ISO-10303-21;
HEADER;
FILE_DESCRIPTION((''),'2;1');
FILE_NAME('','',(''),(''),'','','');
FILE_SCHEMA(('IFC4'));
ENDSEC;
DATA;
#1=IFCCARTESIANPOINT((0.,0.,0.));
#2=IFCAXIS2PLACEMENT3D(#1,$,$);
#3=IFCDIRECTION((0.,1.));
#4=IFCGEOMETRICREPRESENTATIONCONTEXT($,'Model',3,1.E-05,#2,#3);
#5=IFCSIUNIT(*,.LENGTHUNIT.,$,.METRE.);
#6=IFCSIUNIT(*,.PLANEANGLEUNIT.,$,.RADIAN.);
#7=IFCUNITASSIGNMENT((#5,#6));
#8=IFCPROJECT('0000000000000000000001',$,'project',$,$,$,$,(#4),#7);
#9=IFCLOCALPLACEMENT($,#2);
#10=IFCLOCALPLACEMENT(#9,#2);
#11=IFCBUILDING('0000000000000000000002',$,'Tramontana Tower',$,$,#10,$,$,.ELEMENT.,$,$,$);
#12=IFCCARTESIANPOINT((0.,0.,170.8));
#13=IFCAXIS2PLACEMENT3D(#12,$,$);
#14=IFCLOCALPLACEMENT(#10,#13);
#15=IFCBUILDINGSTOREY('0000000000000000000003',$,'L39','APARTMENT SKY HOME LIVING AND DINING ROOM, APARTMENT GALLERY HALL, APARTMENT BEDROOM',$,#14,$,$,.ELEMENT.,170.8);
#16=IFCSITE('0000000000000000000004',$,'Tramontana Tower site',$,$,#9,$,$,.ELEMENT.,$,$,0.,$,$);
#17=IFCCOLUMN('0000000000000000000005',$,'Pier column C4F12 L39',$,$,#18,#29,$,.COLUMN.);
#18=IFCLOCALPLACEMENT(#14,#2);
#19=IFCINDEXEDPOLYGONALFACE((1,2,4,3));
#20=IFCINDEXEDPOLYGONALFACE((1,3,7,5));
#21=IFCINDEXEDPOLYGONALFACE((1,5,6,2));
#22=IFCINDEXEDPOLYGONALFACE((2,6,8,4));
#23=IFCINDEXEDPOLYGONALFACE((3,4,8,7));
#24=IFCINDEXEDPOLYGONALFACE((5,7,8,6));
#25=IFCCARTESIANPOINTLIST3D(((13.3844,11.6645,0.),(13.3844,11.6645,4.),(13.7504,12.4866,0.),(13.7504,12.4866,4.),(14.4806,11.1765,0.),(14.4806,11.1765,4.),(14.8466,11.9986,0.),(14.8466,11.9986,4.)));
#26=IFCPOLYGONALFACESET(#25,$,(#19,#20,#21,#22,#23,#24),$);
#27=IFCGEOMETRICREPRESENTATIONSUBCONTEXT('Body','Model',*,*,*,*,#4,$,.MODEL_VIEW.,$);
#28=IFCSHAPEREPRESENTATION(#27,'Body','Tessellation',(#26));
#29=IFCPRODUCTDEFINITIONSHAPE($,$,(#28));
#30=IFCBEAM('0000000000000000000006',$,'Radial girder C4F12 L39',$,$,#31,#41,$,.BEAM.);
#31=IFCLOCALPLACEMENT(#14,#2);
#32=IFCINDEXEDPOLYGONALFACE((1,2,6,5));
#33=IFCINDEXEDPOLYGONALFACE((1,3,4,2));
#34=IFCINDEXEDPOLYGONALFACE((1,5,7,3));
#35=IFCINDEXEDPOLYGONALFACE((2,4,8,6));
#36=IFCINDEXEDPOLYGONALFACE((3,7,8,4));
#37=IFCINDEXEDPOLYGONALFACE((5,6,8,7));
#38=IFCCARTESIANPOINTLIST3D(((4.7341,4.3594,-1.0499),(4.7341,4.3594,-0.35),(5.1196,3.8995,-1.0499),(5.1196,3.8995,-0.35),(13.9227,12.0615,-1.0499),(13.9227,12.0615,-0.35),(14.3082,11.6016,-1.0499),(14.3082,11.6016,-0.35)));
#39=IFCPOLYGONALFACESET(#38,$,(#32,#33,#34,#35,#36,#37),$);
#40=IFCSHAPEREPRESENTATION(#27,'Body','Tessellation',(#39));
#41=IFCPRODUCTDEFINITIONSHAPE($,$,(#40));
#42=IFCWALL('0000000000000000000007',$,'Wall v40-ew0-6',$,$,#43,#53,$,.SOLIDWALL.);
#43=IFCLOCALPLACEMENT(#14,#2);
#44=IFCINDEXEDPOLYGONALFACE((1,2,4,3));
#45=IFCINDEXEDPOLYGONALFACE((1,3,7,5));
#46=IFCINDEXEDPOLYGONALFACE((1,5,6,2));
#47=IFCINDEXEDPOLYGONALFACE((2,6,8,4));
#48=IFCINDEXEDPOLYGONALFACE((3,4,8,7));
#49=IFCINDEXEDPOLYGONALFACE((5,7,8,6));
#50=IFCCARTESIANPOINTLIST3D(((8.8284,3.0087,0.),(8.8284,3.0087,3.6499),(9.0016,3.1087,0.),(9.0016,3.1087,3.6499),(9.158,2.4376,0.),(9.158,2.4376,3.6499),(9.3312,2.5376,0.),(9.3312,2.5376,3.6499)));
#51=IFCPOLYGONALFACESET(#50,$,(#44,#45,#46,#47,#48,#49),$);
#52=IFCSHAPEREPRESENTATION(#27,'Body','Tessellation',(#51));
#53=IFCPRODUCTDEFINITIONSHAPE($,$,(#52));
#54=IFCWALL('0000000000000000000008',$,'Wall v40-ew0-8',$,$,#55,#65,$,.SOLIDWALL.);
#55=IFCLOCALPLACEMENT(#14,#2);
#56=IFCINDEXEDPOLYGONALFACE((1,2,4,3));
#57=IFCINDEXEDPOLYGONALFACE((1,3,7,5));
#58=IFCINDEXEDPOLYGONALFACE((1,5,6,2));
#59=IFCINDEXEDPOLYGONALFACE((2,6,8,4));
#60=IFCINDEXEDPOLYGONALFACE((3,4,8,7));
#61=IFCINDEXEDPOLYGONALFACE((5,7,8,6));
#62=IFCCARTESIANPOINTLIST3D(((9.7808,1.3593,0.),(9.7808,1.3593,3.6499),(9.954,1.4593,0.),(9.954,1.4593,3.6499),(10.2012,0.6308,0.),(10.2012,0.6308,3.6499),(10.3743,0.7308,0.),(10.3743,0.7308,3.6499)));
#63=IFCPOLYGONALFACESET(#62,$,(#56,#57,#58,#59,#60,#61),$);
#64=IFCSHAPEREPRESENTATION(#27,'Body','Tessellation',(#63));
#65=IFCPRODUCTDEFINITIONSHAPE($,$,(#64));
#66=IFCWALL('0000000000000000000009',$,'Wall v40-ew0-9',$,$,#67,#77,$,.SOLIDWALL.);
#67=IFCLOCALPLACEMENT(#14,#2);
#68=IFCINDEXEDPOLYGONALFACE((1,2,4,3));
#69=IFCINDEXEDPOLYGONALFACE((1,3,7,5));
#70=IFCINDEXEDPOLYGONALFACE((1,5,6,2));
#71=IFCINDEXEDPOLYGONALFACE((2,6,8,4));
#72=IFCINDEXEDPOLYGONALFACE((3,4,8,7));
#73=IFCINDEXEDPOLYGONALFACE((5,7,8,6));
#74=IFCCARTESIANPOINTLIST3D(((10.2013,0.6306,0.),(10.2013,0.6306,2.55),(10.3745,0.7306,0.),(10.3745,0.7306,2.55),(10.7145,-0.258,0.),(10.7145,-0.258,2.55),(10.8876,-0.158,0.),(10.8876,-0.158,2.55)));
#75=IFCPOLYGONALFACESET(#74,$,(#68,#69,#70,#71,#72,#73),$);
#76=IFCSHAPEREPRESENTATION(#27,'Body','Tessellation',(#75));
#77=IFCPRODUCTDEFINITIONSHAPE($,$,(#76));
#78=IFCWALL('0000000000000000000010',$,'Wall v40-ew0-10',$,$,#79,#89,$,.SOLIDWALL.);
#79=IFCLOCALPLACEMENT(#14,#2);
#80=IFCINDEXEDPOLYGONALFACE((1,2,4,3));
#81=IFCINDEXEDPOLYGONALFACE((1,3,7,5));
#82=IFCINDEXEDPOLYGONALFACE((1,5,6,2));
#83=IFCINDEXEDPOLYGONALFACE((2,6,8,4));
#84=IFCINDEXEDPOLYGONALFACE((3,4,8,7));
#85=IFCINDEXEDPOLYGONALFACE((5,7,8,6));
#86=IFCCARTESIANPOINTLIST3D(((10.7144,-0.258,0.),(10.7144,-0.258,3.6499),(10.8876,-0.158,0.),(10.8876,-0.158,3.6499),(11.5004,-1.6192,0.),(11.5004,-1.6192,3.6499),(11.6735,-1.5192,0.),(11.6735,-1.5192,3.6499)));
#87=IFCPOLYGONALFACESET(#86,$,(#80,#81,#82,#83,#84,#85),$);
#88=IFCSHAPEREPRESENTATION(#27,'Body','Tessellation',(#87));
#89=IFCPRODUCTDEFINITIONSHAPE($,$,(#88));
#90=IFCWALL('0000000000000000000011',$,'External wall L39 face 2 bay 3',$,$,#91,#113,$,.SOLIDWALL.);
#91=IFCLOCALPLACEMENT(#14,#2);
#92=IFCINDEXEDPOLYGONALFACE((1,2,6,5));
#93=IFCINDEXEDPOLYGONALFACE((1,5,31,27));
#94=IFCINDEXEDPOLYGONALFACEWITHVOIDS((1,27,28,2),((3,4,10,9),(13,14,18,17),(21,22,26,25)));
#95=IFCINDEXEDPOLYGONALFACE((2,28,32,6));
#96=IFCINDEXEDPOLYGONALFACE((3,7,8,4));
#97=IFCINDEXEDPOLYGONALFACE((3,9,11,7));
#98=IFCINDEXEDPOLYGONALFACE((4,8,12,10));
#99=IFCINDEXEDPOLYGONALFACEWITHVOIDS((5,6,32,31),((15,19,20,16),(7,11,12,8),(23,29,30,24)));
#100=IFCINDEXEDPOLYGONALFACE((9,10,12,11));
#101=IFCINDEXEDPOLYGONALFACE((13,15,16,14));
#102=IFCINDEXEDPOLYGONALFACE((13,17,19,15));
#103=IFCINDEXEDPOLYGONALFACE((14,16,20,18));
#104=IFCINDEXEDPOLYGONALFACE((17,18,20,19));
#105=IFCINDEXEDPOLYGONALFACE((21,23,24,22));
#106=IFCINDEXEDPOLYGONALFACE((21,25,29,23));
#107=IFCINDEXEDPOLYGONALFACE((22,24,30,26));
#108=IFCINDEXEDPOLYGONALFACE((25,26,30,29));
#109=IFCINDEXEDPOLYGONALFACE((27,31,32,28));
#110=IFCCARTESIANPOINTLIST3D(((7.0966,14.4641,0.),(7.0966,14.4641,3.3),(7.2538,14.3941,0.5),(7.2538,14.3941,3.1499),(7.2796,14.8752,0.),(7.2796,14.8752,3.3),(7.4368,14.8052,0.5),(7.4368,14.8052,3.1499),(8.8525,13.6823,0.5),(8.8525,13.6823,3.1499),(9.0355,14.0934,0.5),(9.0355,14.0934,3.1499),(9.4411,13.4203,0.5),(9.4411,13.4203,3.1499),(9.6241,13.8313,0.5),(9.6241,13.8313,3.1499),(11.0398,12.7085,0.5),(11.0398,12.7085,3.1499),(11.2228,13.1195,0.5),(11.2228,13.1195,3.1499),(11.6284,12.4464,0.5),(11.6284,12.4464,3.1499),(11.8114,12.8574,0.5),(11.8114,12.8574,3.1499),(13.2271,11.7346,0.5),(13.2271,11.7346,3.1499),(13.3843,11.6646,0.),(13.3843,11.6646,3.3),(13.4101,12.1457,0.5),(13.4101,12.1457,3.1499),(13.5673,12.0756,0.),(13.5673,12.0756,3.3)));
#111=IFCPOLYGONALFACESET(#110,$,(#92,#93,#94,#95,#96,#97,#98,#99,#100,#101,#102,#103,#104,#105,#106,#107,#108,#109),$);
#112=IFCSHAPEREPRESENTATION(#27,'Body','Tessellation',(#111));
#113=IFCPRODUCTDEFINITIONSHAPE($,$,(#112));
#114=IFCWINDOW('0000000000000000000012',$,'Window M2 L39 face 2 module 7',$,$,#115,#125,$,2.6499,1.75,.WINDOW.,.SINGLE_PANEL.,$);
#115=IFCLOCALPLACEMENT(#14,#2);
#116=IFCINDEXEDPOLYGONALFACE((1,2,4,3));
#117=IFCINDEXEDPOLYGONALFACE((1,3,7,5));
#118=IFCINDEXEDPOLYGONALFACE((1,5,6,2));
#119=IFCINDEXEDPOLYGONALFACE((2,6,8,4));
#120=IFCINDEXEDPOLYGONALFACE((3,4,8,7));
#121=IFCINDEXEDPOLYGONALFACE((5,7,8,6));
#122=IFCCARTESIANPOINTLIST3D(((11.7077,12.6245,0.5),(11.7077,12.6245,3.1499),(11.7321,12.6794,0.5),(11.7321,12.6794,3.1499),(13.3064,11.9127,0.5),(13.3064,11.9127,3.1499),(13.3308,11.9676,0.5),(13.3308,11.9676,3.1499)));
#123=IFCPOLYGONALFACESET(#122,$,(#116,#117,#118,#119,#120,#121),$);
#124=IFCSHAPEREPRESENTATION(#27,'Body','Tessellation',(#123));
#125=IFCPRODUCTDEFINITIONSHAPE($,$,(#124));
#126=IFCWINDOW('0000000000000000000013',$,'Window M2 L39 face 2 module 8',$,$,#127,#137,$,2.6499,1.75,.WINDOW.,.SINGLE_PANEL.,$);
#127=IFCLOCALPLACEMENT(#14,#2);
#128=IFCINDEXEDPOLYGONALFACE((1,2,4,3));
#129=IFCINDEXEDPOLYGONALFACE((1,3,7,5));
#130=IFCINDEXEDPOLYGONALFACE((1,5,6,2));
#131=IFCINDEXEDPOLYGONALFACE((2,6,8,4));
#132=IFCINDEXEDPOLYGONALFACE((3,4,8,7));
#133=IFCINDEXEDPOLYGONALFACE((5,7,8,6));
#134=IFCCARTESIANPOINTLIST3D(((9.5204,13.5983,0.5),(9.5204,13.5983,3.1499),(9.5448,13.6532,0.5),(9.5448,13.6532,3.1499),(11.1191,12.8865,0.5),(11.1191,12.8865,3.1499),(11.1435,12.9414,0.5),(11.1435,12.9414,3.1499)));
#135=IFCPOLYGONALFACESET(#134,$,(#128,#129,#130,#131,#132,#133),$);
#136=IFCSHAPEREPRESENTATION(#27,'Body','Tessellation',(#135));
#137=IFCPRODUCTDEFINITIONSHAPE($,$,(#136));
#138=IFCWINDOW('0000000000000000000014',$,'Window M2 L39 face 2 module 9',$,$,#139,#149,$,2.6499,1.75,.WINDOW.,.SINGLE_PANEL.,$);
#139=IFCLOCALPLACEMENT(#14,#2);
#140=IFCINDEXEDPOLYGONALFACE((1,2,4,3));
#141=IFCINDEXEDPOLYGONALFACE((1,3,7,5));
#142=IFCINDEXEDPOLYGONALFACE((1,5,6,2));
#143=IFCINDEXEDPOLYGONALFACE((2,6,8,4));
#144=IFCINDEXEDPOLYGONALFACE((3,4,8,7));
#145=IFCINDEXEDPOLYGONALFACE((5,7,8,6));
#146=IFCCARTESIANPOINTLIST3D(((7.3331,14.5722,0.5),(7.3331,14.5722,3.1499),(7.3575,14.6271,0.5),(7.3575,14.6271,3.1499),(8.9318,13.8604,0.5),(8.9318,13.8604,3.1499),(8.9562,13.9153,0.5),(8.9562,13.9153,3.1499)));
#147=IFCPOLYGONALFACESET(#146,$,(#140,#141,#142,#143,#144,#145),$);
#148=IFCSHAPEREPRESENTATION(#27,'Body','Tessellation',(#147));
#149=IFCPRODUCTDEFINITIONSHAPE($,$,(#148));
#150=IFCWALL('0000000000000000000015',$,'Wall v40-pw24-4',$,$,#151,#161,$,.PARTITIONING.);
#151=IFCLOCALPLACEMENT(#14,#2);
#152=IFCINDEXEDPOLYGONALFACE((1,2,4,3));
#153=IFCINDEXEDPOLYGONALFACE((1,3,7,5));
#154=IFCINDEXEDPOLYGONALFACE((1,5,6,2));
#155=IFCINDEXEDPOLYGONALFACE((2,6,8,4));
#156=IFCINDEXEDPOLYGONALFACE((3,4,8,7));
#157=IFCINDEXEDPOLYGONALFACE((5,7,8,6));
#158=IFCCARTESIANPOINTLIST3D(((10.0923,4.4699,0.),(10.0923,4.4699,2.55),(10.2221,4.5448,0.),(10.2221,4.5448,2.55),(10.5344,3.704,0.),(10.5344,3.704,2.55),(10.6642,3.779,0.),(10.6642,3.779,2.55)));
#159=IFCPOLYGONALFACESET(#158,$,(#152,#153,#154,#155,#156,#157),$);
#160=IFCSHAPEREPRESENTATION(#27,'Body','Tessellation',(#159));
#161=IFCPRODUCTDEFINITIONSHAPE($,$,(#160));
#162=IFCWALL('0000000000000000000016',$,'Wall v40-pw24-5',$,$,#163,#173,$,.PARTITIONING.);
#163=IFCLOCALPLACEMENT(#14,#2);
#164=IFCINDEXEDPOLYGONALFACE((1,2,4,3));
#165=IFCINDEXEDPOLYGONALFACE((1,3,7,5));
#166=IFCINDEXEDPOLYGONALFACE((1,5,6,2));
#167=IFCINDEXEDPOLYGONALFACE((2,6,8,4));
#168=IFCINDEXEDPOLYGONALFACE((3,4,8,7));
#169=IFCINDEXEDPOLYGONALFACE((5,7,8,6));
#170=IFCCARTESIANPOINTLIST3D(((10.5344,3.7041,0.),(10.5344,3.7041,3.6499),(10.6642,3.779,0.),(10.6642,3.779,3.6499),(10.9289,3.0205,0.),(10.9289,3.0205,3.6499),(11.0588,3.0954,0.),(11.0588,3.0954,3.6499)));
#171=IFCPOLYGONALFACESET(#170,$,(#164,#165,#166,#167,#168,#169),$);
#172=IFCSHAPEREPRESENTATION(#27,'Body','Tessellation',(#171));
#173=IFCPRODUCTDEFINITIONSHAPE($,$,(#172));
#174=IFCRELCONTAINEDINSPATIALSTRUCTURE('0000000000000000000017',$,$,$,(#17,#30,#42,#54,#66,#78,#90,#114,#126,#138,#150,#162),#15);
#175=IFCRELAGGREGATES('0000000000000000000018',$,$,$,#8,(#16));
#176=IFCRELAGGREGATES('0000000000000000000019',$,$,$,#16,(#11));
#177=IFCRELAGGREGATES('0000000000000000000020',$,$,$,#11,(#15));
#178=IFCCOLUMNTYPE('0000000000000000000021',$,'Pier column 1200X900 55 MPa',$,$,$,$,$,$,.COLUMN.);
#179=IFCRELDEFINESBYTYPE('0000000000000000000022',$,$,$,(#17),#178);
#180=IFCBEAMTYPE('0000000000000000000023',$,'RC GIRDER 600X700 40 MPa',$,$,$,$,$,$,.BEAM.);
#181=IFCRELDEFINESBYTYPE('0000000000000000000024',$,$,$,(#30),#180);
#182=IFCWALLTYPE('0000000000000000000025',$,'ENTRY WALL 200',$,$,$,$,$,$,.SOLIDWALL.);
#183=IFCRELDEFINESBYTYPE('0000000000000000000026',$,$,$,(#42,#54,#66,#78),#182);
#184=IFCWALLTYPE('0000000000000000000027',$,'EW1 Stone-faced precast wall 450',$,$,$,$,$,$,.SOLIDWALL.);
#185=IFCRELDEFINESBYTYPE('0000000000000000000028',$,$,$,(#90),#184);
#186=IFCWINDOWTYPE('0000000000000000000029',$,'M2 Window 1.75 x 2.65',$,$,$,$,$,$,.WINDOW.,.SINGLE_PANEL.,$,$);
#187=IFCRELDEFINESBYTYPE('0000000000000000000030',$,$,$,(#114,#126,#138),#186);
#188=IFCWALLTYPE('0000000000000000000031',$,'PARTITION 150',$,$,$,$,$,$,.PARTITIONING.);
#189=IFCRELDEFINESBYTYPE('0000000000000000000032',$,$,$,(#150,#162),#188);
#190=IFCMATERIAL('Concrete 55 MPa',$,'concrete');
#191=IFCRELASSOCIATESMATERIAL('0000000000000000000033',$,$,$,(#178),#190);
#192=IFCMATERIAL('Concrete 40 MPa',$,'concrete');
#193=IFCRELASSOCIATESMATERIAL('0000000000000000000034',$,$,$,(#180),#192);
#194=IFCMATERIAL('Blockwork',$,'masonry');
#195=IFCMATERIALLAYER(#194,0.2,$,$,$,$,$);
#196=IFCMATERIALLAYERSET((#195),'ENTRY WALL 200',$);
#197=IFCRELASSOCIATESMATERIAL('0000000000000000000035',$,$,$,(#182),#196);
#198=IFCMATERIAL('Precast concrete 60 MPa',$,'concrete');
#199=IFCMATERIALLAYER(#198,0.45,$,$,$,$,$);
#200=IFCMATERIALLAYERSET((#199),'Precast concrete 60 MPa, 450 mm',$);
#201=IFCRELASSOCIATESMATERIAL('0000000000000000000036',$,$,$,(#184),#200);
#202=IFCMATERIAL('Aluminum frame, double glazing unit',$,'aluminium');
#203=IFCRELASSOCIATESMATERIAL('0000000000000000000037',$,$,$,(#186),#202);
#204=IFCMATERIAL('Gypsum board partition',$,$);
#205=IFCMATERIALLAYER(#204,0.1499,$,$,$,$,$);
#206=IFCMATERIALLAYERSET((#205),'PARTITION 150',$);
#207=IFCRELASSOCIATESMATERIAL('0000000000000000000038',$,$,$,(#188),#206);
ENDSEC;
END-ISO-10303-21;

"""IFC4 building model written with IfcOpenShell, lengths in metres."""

from ifc_helpers import new_model, si_unit, direction, frame, frame_2d, origin, origin_2d, place, context, subcontext, project, spatial, rectangle, extrude, material, layer, layer_set, material_profile, profile_set, type_object, element, fill, save


model = new_model("IFC4")

# Units and contexts
model_context = context("Model", 3, precision=1e-05, world=origin(), true_north=direction((0.0, 1.0)))
body_context = subcontext(model_context, "Body", "Model", "MODEL_VIEW")
ifc_project = project(units=[si_unit("LENGTHUNIT", "METRE"), si_unit("PLANEANGLEUNIT", "RADIAN")], contexts=[model_context])

# Site, building, storey
site_placement = place(None, origin())
site = spatial("IfcSite", under=ifc_project, at=site_placement, Name="Tramontana Tower site", CompositionType="ELEMENT", RefElevation=0.0)
building_placement = place(site_placement, origin())
building = spatial("IfcBuilding", under=site, at=building_placement, Name="Tramontana Tower", CompositionType="ELEMENT")
storey_placement = place(building_placement, frame((0.0, 0.0, 170.8)))
storey = spatial("IfcBuildingStorey", under=building, at=storey_placement, Name="L39", Description="APARTMENT SKY HOME LIVING AND DINING ROOM, APARTMENT GALLERY HALL, APARTMENT BEDROOM", CompositionType="ELEMENT", Elevation=170.8)

# Column
ifc_material_1 = material(Name="Concrete 55 MPa", Category="concrete")
ifc_material_profile_1 = material_profile(ifc_material_1, rectangle(XDim=1.2, YDim=0.8999, at=origin_2d()), Name="Pier column 1200X900 55 MPa")
ifc_profile_set_1 = profile_set([ifc_material_profile_1], Name="Concrete 55 MPa")
column_type = type_object("IfcColumnType", Name="Pier column 1200X900 55 MPa", PredefinedType="COLUMN", material=ifc_profile_set_1)
column_placement = place(storey_placement, frame((14.1155, 11.8315, 0.0), z_axis=(0.0, 0.0, 1.0), x_axis=(-0.913545, 0.406737, 0.0)))
element("IfcColumn", 1, at=column_placement, inside=storey, type_object=column_type, Name="Pier column C4F12 L39", PredefinedType="COLUMN", context=body_context, shape_type="SweptSolid", body=[
    extrude(rectangle(XDim=1.2, YDim=0.8999, at=origin_2d()), origin(), (0.0, 0.0, 1.0), 4.0),
])

# Beam
ifc_material_2 = material(Name="Concrete 40 MPa", Category="concrete")
ifc_material_profile_2 = material_profile(ifc_material_2, rectangle(XDim=0.6001, YDim=0.7, at=origin_2d()), Name="RC GIRDER 600X700 40 MPa")
ifc_profile_set_2 = profile_set([ifc_material_profile_2], Name="Concrete 40 MPa")
beam_type = type_object("IfcBeamType", Name="RC GIRDER 600X700 40 MPa", PredefinedType="BEAM", material=ifc_profile_set_2)
beam_placement = place(storey_placement, frame((14.1155, 11.8315, -0.7), z_axis=(-0.766377, -0.642391, 0.0), x_axis=(0.642391, -0.766377, 0.0)))
element("IfcBeam", 2, at=beam_placement, inside=storey, type_object=beam_type, Name="Radial girder C4F12 L39", PredefinedType="BEAM", context=body_context, shape_type="SweptSolid", body=[
    extrude(rectangle(XDim=0.6001, YDim=0.7, at=origin_2d()), origin(), (0.0, 0.0, 1.0), 11.9897),
])

# Wall
ifc_material_3 = material(Name="Blockwork", Category="masonry")
ifc_layer_1 = layer(ifc_material_3, 0.2)
ifc_layer_set_1 = layer_set([ifc_layer_1], Name="ENTRY WALL 200")
wall_type_1 = type_object("IfcWallType", Name="ENTRY WALL 200", PredefinedType="SOLIDWALL", material=ifc_layer_set_1)
wall_1_placement = place(storey_placement, frame((8.915, 3.0586, 0.0), z_axis=(0.0, 0.0, 1.0), x_axis=(0.499883, -0.866093, 0.0)))
element("IfcWall", 3, at=wall_1_placement, inside=storey, type_object=wall_type_1, Name="Wall v40-ew0-6", PredefinedType="SOLIDWALL", context=body_context, shape_type="SweptSolid", body=[
    extrude(rectangle(XDim=0.6594, YDim=0.2, at=frame_2d((0.3296, 0.0))), origin(), (0.0, 0.0, 1.0), 3.6499),
])

# Walls
wall_2_placement = place(storey_placement, frame((9.8674, 1.4092, 0.0), z_axis=(0.0, 0.0, 1.0), x_axis=(0.499823, -0.866128, 0.0)))
element("IfcWall", 4, at=wall_2_placement, inside=storey, type_object=wall_type_1, Name="Wall v40-ew0-8", PredefinedType="SOLIDWALL", context=body_context, shape_type="SweptSolid", body=[
    extrude(rectangle(XDim=0.8411, YDim=0.2, at=frame_2d((0.4204, 0.0))), origin(), (0.0, 0.0, 1.0), 3.6499),
])
wall_3_placement = place(storey_placement, frame((10.2878, 0.6807, 0.0), z_axis=(0.0, 0.0, 1.0), x_axis=(0.500079, -0.86598, 0.0)))
element("IfcWall", 5, at=wall_3_placement, inside=storey, type_object=wall_type_1, Name="Wall v40-ew0-9", PredefinedType="SOLIDWALL", context=body_context, shape_type="SweptSolid", body=[
    extrude(rectangle(XDim=1.0261, YDim=0.2, at=frame_2d((0.5132, 0.0))), origin(), (0.0, 0.0, 1.0), 2.55),
])
wall_4_placement = place(storey_placement, frame((10.801, -0.208, 0.0), z_axis=(0.0, 0.0, 1.0), x_axis=(0.500032, -0.866007, 0.0)))
element("IfcWall", 6, at=wall_4_placement, inside=storey, type_object=wall_type_1, Name="Wall v40-ew0-10", PredefinedType="SOLIDWALL", context=body_context, shape_type="SweptSolid", body=[
    extrude(rectangle(XDim=1.5718, YDim=0.2, at=frame_2d((0.7859, 0.0))), origin(), (0.0, 0.0, 1.0), 3.6499),
])

# Wall, openings, windows
ifc_material_4 = material(Name="Precast concrete 60 MPa", Category="concrete")
ifc_layer_2 = layer(ifc_material_4, 0.45)
ifc_layer_set_2 = layer_set([ifc_layer_2], Name="Precast concrete 60 MPa, 450 mm")
wall_type_2 = type_object("IfcWallType", Name="EW1 Stone-faced precast wall 450", PredefinedType="SOLIDWALL", material=ifc_layer_set_2)
wall_5_placement = place(storey_placement, frame((13.4758, 11.8701, 0.0), z_axis=(0.0, 0.0, 1.0), x_axis=(-0.913544, 0.406741, 0.0)))
wall_5 = element("IfcWall", 7, at=wall_5_placement, inside=storey, type_object=wall_type_2, Name="External wall L39 face 2 bay 3", PredefinedType="SOLIDWALL", context=body_context, shape_type="SweptSolid", body=[
    extrude(rectangle(XDim=6.8828, YDim=0.45, at=frame_2d((3.4414, 0.0))), origin(), (0.0, 0.0, 1.0), 3.3),
])
opening_1_placement = place(wall_5_placement, frame((0.1721, 0.0, 0.5)))
opening_1 = element("IfcOpeningElement", 8, at=opening_1_placement, cuts=wall_5, PredefinedType="OPENING", context=body_context, shape_type="SweptSolid", body=[
    extrude(rectangle(XDim=1.75, YDim=2.6499, at=frame_2d((0.875, 1.325))), frame((0.0, 0.2349, 0.0), z_axis=(0.0, -1.0, 0.0), x_axis=(1.0, 0.0, 0.0)), (0.0, 0.0, 1.0), 0.47),
])
opening_2_placement = place(wall_5_placement, frame((2.5664, 0.0, 0.5)))
opening_2 = element("IfcOpeningElement", 9, at=opening_2_placement, cuts=wall_5, PredefinedType="OPENING", context=body_context, shape_type="SweptSolid", body=[
    extrude(rectangle(XDim=1.75, YDim=2.6499, at=frame_2d((0.875, 1.325))), frame((0.0, 0.2349, 0.0), z_axis=(0.0, -1.0, 0.0), x_axis=(1.0, 0.0, 0.0)), (0.0, 0.0, 1.0), 0.47),
])
opening_3_placement = place(wall_5_placement, frame((4.9607, 0.0, 0.5)))
opening_3 = element("IfcOpeningElement", 10, at=opening_3_placement, cuts=wall_5, PredefinedType="OPENING", context=body_context, shape_type="SweptSolid", body=[
    extrude(rectangle(XDim=1.75, YDim=2.6499, at=frame_2d((0.875, 1.325))), frame((0.0, 0.2349, 0.0), z_axis=(0.0, -1.0, 0.0), x_axis=(1.0, 0.0, 0.0)), (0.0, 0.0, 1.0), 0.47),
])
ifc_material_5 = material(Name="Aluminum frame, double glazing unit", Category="aluminium")
window_type = type_object("IfcWindowType", Name="M2 Window 1.75 x 2.65", PartitioningType="SINGLE_PANEL", PredefinedType="WINDOW", material=ifc_material_5)
window_1_placement = place(opening_1_placement, origin())
window_1 = element("IfcWindow", 11, at=window_1_placement, inside=storey, type_object=window_type, Name="Window M2 L39 face 2 module 7", OverallHeight=2.6499, OverallWidth=1.75, PartitioningType="SINGLE_PANEL", PredefinedType="WINDOW", context=body_context, shape_type="SweptSolid", body=[
    extrude(rectangle(XDim=1.75, YDim=2.6499, at=frame_2d((0.875, 1.325))), frame((0.0, 0.03, 0.0), z_axis=(0.0, -1.0, 0.0), x_axis=(1.0, 0.0, 0.0)), (0.0, 0.0, 1.0), 0.0601),
])
fill(opening_1, window_1)
window_2_placement = place(opening_2_placement, origin())
window_2 = element("IfcWindow", 12, at=window_2_placement, inside=storey, type_object=window_type, Name="Window M2 L39 face 2 module 8", OverallHeight=2.6499, OverallWidth=1.75, PartitioningType="SINGLE_PANEL", PredefinedType="WINDOW", context=body_context, shape_type="SweptSolid", body=[
    extrude(rectangle(XDim=1.75, YDim=2.6499, at=frame_2d((0.875, 1.325))), frame((0.0, 0.03, 0.0), z_axis=(0.0, -1.0, 0.0), x_axis=(1.0, 0.0, 0.0)), (0.0, 0.0, 1.0), 0.0601),
])
fill(opening_2, window_2)
window_3_placement = place(opening_3_placement, origin())
window_3 = element("IfcWindow", 13, at=window_3_placement, inside=storey, type_object=window_type, Name="Window M2 L39 face 2 module 9", OverallHeight=2.6499, OverallWidth=1.75, PartitioningType="SINGLE_PANEL", PredefinedType="WINDOW", context=body_context, shape_type="SweptSolid", body=[
    extrude(rectangle(XDim=1.75, YDim=2.6499, at=frame_2d((0.875, 1.325))), frame((0.0, 0.03, 0.0), z_axis=(0.0, -1.0, 0.0), x_axis=(1.0, 0.0, 0.0)), (0.0, 0.0, 1.0), 0.0601),
])
fill(opening_3, window_3)

# Walls
ifc_material_6 = material(Name="Gypsum board partition")
ifc_layer_3 = layer(ifc_material_6, 0.1499)
ifc_layer_set_3 = layer_set([ifc_layer_3], Name="PARTITION 150")
wall_type_3 = type_object("IfcWallType", Name="PARTITION 150", PredefinedType="PARTITIONING", material=ifc_layer_set_3)
wall_6_placement = place(storey_placement, frame((10.1572, 4.5073, 0.0), z_axis=(0.0, 0.0, 1.0), x_axis=(0.499969, -0.866043, 0.0)))
element("IfcWall", 14, at=wall_6_placement, inside=storey, type_object=wall_type_3, Name="Wall v40-pw24-4", PredefinedType="PARTITIONING", context=body_context, shape_type="SweptSolid", body=[
    extrude(rectangle(XDim=0.8843, YDim=0.1499, at=frame_2d((0.4421, 0.0))), origin(), (0.0, 0.0, 1.0), 2.55),
])
wall_7_placement = place(storey_placement, frame((10.5994, 3.7415, 0.0), z_axis=(0.0, 0.0, 1.0), x_axis=(0.499865, -0.866103, 0.0)))
element("IfcWall", 15, at=wall_7_placement, inside=storey, type_object=wall_type_3, Name="Wall v40-pw24-5", PredefinedType="PARTITIONING", context=body_context, shape_type="SweptSolid", body=[
    extrude(rectangle(XDim=0.7893, YDim=0.1499, at=frame_2d((0.3945, 0.0))), origin(), (0.0, 0.0, 1.0), 3.6499),
])

save(model, "model.ifc")
